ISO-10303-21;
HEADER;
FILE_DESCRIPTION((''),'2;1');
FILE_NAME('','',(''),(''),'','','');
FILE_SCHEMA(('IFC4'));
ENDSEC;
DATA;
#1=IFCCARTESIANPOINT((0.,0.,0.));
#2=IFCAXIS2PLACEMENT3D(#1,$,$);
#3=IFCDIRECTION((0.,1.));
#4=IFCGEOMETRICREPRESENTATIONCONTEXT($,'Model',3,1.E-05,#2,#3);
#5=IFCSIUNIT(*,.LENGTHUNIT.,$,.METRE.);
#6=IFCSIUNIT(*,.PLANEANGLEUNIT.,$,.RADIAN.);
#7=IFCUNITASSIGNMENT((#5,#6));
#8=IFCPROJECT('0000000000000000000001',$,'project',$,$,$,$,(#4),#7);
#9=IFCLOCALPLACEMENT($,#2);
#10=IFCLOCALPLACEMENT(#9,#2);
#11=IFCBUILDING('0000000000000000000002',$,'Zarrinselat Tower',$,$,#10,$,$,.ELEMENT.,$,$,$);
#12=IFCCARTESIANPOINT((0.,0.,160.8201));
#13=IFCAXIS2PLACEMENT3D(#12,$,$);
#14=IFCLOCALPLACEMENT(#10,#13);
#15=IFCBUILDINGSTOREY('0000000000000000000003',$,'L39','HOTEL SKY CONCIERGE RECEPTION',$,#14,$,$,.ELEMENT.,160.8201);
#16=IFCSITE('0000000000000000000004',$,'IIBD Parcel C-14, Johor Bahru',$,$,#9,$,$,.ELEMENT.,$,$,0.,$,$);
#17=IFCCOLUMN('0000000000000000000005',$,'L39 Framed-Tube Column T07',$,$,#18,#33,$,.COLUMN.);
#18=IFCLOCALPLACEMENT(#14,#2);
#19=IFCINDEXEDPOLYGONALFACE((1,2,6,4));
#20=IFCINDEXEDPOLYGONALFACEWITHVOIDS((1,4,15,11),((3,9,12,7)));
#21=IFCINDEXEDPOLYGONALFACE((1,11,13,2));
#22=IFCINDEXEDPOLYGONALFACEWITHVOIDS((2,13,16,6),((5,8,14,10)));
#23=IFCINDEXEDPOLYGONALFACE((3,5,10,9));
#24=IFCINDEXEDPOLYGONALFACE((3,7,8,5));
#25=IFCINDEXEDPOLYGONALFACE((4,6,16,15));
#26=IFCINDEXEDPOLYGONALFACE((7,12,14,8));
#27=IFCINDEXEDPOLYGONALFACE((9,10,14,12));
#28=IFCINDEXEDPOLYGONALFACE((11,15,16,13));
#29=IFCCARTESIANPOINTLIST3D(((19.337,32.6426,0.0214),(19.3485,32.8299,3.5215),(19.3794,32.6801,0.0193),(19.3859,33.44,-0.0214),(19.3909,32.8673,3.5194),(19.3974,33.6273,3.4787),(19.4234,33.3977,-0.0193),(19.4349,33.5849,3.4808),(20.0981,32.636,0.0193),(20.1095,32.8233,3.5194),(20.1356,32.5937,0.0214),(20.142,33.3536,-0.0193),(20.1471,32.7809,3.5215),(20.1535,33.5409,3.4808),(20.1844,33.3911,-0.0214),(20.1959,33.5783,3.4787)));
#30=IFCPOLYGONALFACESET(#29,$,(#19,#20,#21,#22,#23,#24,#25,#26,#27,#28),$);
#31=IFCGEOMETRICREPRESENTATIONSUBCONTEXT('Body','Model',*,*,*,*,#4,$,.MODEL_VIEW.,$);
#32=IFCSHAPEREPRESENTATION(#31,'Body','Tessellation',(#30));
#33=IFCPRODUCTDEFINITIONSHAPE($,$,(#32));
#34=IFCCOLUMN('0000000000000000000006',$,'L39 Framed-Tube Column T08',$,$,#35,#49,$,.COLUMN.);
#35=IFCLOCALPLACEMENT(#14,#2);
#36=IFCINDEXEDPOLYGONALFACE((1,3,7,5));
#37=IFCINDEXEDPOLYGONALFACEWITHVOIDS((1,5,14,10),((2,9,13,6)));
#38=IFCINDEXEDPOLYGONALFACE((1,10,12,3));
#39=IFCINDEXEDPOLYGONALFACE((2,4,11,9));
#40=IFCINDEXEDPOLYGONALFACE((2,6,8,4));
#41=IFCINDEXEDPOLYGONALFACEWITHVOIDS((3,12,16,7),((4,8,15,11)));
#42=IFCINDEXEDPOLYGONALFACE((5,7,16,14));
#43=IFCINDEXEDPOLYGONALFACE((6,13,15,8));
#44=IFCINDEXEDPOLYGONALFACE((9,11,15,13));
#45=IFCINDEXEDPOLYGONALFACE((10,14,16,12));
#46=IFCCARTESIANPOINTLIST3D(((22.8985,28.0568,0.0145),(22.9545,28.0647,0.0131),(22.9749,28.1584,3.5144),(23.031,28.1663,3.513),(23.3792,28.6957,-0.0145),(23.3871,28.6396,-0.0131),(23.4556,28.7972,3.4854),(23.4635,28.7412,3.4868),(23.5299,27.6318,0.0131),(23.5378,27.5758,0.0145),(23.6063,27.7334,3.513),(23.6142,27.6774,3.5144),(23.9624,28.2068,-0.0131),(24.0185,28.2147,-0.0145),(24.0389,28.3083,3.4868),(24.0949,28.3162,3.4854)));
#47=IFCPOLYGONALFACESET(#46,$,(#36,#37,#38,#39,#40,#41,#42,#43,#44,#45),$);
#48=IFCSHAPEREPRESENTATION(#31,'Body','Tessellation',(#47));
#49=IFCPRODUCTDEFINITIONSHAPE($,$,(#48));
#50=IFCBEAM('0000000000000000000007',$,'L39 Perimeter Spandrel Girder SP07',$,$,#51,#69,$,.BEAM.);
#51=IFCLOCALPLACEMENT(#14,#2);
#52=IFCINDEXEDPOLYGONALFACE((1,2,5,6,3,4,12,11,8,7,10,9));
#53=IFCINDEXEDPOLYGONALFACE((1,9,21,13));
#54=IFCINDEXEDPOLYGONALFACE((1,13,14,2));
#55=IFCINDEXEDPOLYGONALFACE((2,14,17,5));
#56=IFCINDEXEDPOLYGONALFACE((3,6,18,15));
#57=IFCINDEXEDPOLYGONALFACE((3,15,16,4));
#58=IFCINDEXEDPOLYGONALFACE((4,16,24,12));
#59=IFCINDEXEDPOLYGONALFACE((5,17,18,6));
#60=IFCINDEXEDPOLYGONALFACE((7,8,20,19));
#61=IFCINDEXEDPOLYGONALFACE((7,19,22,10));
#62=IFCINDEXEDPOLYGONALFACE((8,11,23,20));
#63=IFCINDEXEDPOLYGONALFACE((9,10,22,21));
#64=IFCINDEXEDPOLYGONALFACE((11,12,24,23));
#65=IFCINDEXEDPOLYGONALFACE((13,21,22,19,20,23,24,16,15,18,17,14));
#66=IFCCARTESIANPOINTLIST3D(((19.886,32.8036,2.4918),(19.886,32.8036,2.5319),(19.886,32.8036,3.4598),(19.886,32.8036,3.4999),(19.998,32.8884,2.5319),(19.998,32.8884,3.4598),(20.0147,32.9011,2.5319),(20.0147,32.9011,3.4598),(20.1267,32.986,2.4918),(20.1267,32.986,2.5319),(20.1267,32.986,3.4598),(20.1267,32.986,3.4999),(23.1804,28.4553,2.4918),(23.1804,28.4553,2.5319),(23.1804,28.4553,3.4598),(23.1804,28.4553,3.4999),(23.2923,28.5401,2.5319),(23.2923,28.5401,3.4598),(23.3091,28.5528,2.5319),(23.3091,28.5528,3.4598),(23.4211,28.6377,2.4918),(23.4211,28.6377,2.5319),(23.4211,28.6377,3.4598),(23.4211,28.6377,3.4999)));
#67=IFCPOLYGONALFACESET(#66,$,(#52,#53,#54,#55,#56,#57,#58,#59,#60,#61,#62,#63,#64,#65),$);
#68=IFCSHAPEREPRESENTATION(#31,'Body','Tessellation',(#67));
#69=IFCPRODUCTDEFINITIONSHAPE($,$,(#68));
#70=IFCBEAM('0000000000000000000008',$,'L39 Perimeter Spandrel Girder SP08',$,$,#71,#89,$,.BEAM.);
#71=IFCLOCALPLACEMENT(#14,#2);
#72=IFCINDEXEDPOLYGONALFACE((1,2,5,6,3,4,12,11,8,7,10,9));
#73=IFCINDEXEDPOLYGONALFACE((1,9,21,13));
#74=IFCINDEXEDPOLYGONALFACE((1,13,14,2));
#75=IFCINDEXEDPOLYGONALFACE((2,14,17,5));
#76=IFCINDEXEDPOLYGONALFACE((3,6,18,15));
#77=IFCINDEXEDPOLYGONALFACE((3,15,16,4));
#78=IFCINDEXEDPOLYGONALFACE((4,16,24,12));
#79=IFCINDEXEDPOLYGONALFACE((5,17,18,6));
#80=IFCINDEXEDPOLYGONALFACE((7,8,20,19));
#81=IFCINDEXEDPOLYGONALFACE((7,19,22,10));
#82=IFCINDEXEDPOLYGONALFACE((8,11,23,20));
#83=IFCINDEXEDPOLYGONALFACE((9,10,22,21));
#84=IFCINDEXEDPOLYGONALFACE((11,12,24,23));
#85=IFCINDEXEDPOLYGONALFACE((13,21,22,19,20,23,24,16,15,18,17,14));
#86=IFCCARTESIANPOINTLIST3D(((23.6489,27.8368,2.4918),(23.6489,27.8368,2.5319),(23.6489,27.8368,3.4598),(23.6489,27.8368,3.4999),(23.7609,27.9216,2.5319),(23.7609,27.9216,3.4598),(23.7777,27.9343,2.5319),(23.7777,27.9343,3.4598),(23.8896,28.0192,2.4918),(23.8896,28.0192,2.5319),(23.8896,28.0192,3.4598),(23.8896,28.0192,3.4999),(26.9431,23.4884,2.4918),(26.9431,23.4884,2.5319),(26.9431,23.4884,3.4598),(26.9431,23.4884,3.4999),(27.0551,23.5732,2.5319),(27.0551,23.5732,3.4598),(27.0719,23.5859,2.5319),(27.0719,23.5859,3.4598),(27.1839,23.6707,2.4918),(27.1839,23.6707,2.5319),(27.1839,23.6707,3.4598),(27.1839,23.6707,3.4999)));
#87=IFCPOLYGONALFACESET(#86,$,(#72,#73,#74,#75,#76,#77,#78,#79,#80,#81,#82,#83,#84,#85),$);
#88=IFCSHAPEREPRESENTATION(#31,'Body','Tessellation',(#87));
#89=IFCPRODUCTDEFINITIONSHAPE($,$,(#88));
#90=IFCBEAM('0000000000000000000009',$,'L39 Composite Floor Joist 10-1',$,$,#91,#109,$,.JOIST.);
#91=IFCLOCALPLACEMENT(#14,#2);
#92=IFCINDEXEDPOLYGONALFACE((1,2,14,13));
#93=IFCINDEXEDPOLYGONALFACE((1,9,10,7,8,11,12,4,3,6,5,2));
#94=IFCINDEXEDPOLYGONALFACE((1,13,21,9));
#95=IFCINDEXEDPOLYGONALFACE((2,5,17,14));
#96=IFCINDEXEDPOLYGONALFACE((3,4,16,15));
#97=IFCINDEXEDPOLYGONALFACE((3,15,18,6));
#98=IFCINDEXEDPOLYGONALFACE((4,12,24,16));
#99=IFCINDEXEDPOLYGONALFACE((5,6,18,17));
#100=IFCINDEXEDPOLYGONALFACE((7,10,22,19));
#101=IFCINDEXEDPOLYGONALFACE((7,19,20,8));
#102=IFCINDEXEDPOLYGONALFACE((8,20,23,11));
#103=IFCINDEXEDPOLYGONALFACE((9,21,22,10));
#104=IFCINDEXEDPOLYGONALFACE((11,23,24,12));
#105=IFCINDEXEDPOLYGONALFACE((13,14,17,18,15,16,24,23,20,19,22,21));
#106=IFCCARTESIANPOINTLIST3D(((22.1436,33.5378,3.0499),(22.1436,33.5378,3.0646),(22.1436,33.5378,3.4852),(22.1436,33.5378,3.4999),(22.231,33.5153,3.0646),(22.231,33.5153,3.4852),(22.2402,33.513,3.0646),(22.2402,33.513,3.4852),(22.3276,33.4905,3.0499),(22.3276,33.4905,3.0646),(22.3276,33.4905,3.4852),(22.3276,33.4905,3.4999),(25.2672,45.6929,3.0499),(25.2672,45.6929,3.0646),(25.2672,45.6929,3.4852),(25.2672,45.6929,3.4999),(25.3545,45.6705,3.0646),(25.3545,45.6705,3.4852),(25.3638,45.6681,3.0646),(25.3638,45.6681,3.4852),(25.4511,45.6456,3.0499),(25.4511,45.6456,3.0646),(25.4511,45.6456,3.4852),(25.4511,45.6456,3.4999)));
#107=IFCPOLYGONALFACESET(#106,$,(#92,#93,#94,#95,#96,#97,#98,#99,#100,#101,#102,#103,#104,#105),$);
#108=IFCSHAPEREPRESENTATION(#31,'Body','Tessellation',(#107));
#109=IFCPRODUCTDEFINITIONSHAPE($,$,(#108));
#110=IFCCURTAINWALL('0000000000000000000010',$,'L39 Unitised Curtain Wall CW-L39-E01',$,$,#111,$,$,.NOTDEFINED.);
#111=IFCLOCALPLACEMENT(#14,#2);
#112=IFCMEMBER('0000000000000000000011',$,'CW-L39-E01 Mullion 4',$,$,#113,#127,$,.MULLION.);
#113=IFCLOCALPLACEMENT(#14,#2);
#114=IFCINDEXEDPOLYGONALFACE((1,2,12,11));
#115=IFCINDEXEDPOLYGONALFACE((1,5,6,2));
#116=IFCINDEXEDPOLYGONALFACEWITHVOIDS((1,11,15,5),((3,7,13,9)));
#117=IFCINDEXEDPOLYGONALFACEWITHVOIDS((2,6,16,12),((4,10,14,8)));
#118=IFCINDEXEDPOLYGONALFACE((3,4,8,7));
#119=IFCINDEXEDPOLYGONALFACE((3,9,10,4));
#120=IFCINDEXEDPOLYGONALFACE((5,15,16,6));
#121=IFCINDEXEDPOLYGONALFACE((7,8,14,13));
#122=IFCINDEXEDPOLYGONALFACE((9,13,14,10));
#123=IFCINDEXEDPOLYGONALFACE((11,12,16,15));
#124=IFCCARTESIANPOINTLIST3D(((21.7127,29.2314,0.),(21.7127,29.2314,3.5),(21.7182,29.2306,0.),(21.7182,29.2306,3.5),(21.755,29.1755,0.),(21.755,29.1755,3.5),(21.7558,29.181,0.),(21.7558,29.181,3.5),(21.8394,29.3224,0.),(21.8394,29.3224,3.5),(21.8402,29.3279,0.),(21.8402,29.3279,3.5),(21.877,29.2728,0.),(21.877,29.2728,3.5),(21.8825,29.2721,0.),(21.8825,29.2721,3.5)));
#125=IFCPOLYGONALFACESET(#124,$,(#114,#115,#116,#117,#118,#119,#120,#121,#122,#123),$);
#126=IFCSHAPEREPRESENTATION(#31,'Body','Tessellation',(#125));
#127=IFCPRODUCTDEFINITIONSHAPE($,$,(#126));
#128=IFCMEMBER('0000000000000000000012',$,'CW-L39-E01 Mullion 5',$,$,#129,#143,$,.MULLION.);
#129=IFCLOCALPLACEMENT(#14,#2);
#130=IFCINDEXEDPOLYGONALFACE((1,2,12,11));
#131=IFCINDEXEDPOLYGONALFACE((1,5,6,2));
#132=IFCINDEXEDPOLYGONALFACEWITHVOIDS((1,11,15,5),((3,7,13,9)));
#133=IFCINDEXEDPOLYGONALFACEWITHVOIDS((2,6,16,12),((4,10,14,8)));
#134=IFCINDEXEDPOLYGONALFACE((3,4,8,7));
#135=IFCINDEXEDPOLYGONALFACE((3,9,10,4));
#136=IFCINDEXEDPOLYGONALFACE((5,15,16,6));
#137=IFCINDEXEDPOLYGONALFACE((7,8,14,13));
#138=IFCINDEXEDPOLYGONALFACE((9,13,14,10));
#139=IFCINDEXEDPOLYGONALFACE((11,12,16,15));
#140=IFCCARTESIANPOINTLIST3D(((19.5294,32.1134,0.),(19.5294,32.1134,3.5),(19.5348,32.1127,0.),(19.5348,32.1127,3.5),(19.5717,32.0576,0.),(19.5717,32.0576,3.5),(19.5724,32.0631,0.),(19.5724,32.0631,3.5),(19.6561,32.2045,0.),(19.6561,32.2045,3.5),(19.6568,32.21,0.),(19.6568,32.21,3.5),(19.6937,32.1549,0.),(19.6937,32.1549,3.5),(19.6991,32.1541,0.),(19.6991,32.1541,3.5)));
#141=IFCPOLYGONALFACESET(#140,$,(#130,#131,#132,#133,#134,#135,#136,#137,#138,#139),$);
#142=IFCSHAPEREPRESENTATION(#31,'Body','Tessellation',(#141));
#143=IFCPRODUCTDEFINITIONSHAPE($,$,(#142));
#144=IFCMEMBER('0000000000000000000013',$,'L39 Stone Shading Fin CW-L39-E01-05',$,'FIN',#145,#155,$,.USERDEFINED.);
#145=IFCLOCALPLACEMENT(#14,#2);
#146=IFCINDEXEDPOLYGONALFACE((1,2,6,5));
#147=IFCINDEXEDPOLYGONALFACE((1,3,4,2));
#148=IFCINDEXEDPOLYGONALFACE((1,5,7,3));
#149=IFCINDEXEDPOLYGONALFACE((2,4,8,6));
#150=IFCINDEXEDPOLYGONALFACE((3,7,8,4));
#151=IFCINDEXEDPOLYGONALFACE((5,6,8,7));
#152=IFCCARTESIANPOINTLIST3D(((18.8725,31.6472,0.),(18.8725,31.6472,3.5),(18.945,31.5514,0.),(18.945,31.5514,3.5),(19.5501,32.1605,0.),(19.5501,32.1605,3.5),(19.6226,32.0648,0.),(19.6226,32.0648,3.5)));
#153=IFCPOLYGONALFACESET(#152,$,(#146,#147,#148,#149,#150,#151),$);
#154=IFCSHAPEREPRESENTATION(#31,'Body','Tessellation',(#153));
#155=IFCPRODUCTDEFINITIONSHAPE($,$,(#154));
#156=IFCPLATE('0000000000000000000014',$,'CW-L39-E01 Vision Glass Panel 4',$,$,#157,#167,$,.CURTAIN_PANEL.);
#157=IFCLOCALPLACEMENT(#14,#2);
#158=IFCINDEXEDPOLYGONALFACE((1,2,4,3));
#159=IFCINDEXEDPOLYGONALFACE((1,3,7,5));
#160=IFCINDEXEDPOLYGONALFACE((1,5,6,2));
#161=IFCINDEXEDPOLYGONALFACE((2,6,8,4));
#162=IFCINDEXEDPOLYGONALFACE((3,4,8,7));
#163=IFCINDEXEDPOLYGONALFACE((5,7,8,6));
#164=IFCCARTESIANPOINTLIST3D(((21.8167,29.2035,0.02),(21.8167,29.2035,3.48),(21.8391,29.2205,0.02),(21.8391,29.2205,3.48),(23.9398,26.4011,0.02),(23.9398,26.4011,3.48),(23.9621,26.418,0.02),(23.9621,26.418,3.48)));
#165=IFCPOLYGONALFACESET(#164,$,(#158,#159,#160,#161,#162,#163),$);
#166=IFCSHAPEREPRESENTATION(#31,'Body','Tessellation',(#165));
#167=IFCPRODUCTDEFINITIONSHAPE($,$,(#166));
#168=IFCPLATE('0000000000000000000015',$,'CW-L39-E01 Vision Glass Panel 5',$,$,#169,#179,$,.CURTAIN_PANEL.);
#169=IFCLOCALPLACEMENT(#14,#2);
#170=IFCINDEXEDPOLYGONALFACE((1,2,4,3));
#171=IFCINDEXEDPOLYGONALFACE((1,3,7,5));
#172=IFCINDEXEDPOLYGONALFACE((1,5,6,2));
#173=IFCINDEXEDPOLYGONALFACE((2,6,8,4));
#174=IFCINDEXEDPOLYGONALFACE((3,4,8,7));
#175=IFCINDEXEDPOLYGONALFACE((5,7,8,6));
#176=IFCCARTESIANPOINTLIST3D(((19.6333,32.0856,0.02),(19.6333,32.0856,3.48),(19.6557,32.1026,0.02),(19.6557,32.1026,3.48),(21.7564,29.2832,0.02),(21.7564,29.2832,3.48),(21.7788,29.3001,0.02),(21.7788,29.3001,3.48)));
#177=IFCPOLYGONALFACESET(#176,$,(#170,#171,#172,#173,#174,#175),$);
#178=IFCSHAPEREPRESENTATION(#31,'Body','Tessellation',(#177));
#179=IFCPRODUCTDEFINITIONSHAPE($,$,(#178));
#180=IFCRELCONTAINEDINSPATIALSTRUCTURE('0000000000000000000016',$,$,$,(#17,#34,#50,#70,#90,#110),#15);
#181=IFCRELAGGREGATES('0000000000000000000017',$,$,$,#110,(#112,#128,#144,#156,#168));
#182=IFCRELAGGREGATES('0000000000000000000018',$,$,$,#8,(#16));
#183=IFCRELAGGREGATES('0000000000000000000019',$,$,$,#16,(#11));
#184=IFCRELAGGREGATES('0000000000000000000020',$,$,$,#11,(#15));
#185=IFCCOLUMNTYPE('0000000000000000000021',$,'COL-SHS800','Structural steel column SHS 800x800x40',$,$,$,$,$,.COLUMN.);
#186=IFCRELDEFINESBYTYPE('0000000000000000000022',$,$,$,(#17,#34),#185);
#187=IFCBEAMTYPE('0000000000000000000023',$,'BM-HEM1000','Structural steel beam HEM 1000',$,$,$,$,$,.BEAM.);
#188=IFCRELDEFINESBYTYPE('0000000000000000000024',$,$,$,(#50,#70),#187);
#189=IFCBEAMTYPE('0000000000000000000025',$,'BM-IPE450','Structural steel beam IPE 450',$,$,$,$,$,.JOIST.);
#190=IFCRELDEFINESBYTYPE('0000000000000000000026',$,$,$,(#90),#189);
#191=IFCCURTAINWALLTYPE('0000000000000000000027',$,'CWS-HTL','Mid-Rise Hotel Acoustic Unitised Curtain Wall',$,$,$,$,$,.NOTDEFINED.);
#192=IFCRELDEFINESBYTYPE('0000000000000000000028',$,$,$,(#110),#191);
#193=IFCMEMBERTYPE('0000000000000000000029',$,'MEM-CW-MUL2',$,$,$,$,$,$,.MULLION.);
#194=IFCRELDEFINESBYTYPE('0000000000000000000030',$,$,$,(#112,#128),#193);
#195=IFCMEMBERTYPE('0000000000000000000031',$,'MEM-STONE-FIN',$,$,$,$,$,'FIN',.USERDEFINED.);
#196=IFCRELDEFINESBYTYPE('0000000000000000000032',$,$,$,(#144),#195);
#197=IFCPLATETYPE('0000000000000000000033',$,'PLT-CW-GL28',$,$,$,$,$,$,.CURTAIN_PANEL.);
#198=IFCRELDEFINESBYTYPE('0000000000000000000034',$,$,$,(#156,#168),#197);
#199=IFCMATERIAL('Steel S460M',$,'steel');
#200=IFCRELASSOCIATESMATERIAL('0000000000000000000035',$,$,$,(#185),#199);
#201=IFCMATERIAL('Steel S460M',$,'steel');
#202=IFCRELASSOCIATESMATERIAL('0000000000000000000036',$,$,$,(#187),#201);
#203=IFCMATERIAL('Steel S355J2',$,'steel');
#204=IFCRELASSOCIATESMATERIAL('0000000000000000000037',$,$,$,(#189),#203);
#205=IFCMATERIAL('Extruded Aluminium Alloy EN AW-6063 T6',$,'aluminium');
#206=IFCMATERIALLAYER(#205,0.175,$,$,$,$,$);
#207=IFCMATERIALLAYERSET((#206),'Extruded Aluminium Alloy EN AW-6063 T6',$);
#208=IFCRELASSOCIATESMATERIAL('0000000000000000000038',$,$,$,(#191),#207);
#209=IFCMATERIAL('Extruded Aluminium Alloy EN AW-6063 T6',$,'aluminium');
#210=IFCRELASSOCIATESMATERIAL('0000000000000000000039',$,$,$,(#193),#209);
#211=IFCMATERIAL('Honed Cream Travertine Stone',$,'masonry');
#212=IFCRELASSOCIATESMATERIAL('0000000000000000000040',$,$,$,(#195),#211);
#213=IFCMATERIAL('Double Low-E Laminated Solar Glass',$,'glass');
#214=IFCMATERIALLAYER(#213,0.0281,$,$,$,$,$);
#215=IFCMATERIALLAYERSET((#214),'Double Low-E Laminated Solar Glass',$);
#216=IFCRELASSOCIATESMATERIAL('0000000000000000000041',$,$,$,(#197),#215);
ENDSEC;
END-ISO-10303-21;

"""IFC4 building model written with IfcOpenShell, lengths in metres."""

from ifc_helpers import new_model, si_unit, direction, frame, origin, origin_2d, place, context, subcontext, project, spatial, rectangle, hollow_rectangle, i_section, extrude, material, layer, layer_set, material_profile, profile_set, type_object, element, aggregate, save


model = new_model("IFC4")

# Units and contexts
model_context = context("Model", 3, precision=1e-05, world=origin(), true_north=direction((0.0, 1.0)))
body_context = subcontext(model_context, "Body", "Model", "MODEL_VIEW")
ifc_project = project(units=[si_unit("LENGTHUNIT", "METRE"), si_unit("PLANEANGLEUNIT", "RADIAN")], contexts=[model_context])

# Site, building, storey
site_placement = place(None, origin())
site = spatial("IfcSite", under=ifc_project, at=site_placement, Name="IIBD Parcel C-14, Johor Bahru", CompositionType="ELEMENT", RefElevation=0.0)
building_placement = place(site_placement, origin())
building = spatial("IfcBuilding", under=site, at=building_placement, Name="Zarrinselat Tower", CompositionType="ELEMENT")
storey_placement = place(building_placement, frame((0.0, 0.0, 160.8201)))
storey = spatial("IfcBuildingStorey", under=building, at=storey_placement, Name="L39", Description="HOTEL SKY CONCIERGE RECEPTION", CompositionType="ELEMENT", Elevation=160.8201)

# Columns
ifc_material_1 = material(Name="Steel S460M", Category="steel")
ifc_material_profile_1 = material_profile(ifc_material_1, hollow_rectangle(XDim=0.8, YDim=0.8, WallThickness=0.04, at=origin_2d()), Name="SHS 800x800x40")
ifc_profile_set_1 = profile_set([ifc_material_profile_1], Name="Steel S460M")
column_type = type_object("IfcColumnType", Name="COL-SHS800", Description="Structural steel column SHS 800x800x40", PredefinedType="COLUMN", material=ifc_profile_set_1)
column_1_placement = place(storey_placement, frame((19.7607, 33.0168, 0.0), z_axis=(0.003274, 0.053425, 0.998566), x_axis=(-0.998128, 0.061163, 0.0)))
element("IfcColumn", 1, at=column_1_placement, inside=storey, type_object=column_type, Name="L39 Framed-Tube Column T07", PredefinedType="COLUMN", context=body_context, shape_type="SweptSolid", body=[
    extrude(hollow_rectangle(XDim=0.8, YDim=0.8, WallThickness=0.04, at=origin_2d()), origin(), (0.0, 0.0, 1.0), 3.5051),
])
column_2_placement = place(storey_placement, frame((23.4585, 28.1357, 0.0), z_axis=(0.021819, 0.028999, 0.999341), x_axis=(-0.799077, 0.601229, 0.0)))
element("IfcColumn", 2, at=column_2_placement, inside=storey, type_object=column_type, Name="L39 Framed-Tube Column T08", PredefinedType="COLUMN", context=body_context, shape_type="SweptSolid", body=[
    extrude(hollow_rectangle(XDim=0.8, YDim=0.8, WallThickness=0.04, at=origin_2d()), origin(), (0.0, 0.0, 1.0), 3.5022),
])

# Beams
ifc_material_2 = material(Name="Steel S460M", Category="steel")
ifc_material_profile_2 = material_profile(ifc_material_2, i_section(OverallWidth=0.302, OverallDepth=1.0081, WebThickness=0.021, FlangeThickness=0.04, at=origin_2d()), Name="HEM 1000")
ifc_profile_set_2 = profile_set([ifc_material_profile_2], Name="Steel S460M")
beam_type_1 = type_object("IfcBeamType", Name="BM-HEM1000", Description="Structural steel beam HEM 1000", PredefinedType="BEAM", material=ifc_profile_set_2)
for number, where, z_axis, x_axis, name in (
    (3, (20.0063, 32.8948, 2.9958), (0.603881, -0.797075, 0.0), (0.797075, 0.603881, 0.0), "L39 Perimeter Spandrel Girder SP07"),
    (4, (23.7693, 27.928, 2.9958), (0.603853, -0.797096, 0.0), (0.797096, 0.603853, 0.0), "L39 Perimeter Spandrel Girder SP08"),
):
    element("IfcBeam", number, at=place(storey_placement, frame(where, z_axis=z_axis, x_axis=x_axis)), inside=storey, type_object=beam_type_1, Name=name, PredefinedType="BEAM", context=body_context, shape_type="SweptSolid", body=[
        extrude(i_section(OverallWidth=0.302, OverallDepth=1.0081, WebThickness=0.021, FlangeThickness=0.04, at=origin_2d()), origin(), (0.0, 0.0, 1.0), 5.4553),
    ])
ifc_material_3 = material(Name="Steel S355J2", Category="steel")
ifc_material_profile_3 = material_profile(ifc_material_3, i_section(OverallWidth=0.1899, OverallDepth=0.45, WebThickness=0.0095, FlangeThickness=0.0146, at=origin_2d()), Name="IPE 450")
ifc_profile_set_3 = profile_set([ifc_material_profile_3], Name="Steel S355J2")
beam_type_2 = type_object("IfcBeamType", Name="BM-IPE450", Description="Structural steel beam IPE 450", PredefinedType="JOIST", material=ifc_profile_set_3)
beam_placement = place(storey_placement, frame((22.2356, 33.5142, 3.2749), z_axis=(0.248888, 0.968532, 0.0), x_axis=(-0.968532, 0.248888, 0.0)))
element("IfcBeam", 5, at=beam_placement, inside=storey, type_object=beam_type_2, Name="L39 Composite Floor Joist 10-1", PredefinedType="JOIST", context=body_context, shape_type="SweptSolid", body=[
    extrude(i_section(OverallWidth=0.1899, OverallDepth=0.45, WebThickness=0.0095, FlangeThickness=0.0146, at=origin_2d()), origin(), (0.0, 0.0, 1.0), 12.55),
])

# Curtain wall, members, plates
ifc_material_4 = material(Name="Extruded Aluminium Alloy EN AW-6063 T6", Category="aluminium")
ifc_layer_1 = layer(ifc_material_4, 0.175)
ifc_layer_set_1 = layer_set([ifc_layer_1], Name="Extruded Aluminium Alloy EN AW-6063 T6")
curtain_wall_type = type_object("IfcCurtainWallType", Name="CWS-HTL", Description="Mid-Rise Hotel Acoustic Unitised Curtain Wall", PredefinedType="NOTDEFINED", material=ifc_layer_set_1)
curtain_wall_placement = place(storey_placement, origin())
curtain_wall = element("IfcCurtainWall", 6, at=curtain_wall_placement, inside=storey, type_object=curtain_wall_type, Name="L39 Unitised Curtain Wall CW-L39-E01", PredefinedType="NOTDEFINED")
ifc_material_5 = material(Name="Extruded Aluminium Alloy EN AW-6063 T6", Category="aluminium")
ifc_material_profile_4 = material_profile(ifc_material_5, hollow_rectangle(XDim=0.0701, YDim=0.1599, WallThickness=0.0039, at=origin_2d()), Name="RHS 160x70x4")
ifc_profile_set_4 = profile_set([ifc_material_profile_4], Name="Extruded Aluminium Alloy EN AW-6063 T6")
member_type_1 = type_object("IfcMemberType", Name="MEM-CW-MUL2", PredefinedType="MULLION", material=ifc_profile_set_4)
member_1_placement = place(storey_placement, frame((21.7976, 29.2517, 0.0), z_axis=(0.0, 0.0, 1.0), x_axis=(-0.603858, 0.797092, 0.0)))
member_1 = element("IfcMember", 7, at=member_1_placement, type_object=member_type_1, Name="CW-L39-E01 Mullion 4", PredefinedType="MULLION", context=body_context, shape_type="SweptSolid", body=[
    extrude(hollow_rectangle(XDim=0.0701, YDim=0.1599, WallThickness=0.0039, at=origin_2d()), origin(), (0.0, 0.0, 1.0), 3.5),
])
member_2_placement = place(storey_placement, frame((19.6143, 32.1338, 0.0), z_axis=(0.0, 0.0, 1.0), x_axis=(-0.603858, 0.797092, 0.0)))
member_2 = element("IfcMember", 8, at=member_2_placement, type_object=member_type_1, Name="CW-L39-E01 Mullion 5", PredefinedType="MULLION", context=body_context, shape_type="SweptSolid", body=[
    extrude(hollow_rectangle(XDim=0.0701, YDim=0.1599, WallThickness=0.0039, at=origin_2d()), origin(), (0.0, 0.0, 1.0), 3.5),
])
ifc_material_6 = material(Name="Honed Cream Travertine Stone", Category="masonry")
ifc_material_profile_5 = material_profile(ifc_material_6, rectangle(XDim=0.1201, YDim=0.8501, at=origin_2d()), Name="FIN 850x120")
ifc_profile_set_5 = profile_set([ifc_material_profile_5], Name="Honed Cream Travertine Stone")
member_type_2 = type_object("IfcMemberType", Name="MEM-STONE-FIN", ElementType="FIN", PredefinedType="USERDEFINED", material=ifc_profile_set_5)
member_3_placement = place(storey_placement, frame((19.2476, 31.856, 0.0), z_axis=(0.0, 0.0, 1.0), x_axis=(-0.603858, 0.797092, 0.0)))
member_3 = element("IfcMember", 9, at=member_3_placement, type_object=member_type_2, Name="L39 Stone Shading Fin CW-L39-E01-05", ObjectType="FIN", PredefinedType="USERDEFINED", context=body_context, shape_type="SweptSolid", body=[
    extrude(rectangle(XDim=0.1201, YDim=0.8501, at=origin_2d()), origin(), (0.0, 0.0, 1.0), 3.5),
])
ifc_material_7 = material(Name="Double Low-E Laminated Solar Glass", Category="glass")
ifc_layer_2 = layer(ifc_material_7, 0.0281)
ifc_layer_set_2 = layer_set([ifc_layer_2], Name="Double Low-E Laminated Solar Glass")
plate_type = type_object("IfcPlateType", Name="PLT-CW-GL28", PredefinedType="CURTAIN_PANEL", material=ifc_layer_set_2)
plate_1_placement = place(storey_placement, frame((22.8894, 27.8108, 0.02), z_axis=(0.0, 0.0, 1.0), x_axis=(-0.603858, 0.797092, 0.0)))
plate_1 = element("IfcPlate", 10, at=plate_1_placement, type_object=plate_type, Name="CW-L39-E01 Vision Glass Panel 4", PredefinedType="CURTAIN_PANEL", context=body_context, shape_type="SweptSolid", body=[
    extrude(rectangle(XDim=3.5159, YDim=0.0281, at=origin_2d()), origin(), (0.0, 0.0, 1.0), 3.46),
])
plate_2_placement = place(storey_placement, frame((20.7061, 30.6929, 0.02), z_axis=(0.0, 0.0, 1.0), x_axis=(-0.603858, 0.797092, 0.0)))
plate_2 = element("IfcPlate", 11, at=plate_2_placement, type_object=plate_type, Name="CW-L39-E01 Vision Glass Panel 5", PredefinedType="CURTAIN_PANEL", context=body_context, shape_type="SweptSolid", body=[
    extrude(rectangle(XDim=3.5159, YDim=0.0281, at=origin_2d()), origin(), (0.0, 0.0, 1.0), 3.46),
])
aggregate(curtain_wall, [member_1, member_2, member_3, plate_1, plate_2])

save(model, "model.ifc")
